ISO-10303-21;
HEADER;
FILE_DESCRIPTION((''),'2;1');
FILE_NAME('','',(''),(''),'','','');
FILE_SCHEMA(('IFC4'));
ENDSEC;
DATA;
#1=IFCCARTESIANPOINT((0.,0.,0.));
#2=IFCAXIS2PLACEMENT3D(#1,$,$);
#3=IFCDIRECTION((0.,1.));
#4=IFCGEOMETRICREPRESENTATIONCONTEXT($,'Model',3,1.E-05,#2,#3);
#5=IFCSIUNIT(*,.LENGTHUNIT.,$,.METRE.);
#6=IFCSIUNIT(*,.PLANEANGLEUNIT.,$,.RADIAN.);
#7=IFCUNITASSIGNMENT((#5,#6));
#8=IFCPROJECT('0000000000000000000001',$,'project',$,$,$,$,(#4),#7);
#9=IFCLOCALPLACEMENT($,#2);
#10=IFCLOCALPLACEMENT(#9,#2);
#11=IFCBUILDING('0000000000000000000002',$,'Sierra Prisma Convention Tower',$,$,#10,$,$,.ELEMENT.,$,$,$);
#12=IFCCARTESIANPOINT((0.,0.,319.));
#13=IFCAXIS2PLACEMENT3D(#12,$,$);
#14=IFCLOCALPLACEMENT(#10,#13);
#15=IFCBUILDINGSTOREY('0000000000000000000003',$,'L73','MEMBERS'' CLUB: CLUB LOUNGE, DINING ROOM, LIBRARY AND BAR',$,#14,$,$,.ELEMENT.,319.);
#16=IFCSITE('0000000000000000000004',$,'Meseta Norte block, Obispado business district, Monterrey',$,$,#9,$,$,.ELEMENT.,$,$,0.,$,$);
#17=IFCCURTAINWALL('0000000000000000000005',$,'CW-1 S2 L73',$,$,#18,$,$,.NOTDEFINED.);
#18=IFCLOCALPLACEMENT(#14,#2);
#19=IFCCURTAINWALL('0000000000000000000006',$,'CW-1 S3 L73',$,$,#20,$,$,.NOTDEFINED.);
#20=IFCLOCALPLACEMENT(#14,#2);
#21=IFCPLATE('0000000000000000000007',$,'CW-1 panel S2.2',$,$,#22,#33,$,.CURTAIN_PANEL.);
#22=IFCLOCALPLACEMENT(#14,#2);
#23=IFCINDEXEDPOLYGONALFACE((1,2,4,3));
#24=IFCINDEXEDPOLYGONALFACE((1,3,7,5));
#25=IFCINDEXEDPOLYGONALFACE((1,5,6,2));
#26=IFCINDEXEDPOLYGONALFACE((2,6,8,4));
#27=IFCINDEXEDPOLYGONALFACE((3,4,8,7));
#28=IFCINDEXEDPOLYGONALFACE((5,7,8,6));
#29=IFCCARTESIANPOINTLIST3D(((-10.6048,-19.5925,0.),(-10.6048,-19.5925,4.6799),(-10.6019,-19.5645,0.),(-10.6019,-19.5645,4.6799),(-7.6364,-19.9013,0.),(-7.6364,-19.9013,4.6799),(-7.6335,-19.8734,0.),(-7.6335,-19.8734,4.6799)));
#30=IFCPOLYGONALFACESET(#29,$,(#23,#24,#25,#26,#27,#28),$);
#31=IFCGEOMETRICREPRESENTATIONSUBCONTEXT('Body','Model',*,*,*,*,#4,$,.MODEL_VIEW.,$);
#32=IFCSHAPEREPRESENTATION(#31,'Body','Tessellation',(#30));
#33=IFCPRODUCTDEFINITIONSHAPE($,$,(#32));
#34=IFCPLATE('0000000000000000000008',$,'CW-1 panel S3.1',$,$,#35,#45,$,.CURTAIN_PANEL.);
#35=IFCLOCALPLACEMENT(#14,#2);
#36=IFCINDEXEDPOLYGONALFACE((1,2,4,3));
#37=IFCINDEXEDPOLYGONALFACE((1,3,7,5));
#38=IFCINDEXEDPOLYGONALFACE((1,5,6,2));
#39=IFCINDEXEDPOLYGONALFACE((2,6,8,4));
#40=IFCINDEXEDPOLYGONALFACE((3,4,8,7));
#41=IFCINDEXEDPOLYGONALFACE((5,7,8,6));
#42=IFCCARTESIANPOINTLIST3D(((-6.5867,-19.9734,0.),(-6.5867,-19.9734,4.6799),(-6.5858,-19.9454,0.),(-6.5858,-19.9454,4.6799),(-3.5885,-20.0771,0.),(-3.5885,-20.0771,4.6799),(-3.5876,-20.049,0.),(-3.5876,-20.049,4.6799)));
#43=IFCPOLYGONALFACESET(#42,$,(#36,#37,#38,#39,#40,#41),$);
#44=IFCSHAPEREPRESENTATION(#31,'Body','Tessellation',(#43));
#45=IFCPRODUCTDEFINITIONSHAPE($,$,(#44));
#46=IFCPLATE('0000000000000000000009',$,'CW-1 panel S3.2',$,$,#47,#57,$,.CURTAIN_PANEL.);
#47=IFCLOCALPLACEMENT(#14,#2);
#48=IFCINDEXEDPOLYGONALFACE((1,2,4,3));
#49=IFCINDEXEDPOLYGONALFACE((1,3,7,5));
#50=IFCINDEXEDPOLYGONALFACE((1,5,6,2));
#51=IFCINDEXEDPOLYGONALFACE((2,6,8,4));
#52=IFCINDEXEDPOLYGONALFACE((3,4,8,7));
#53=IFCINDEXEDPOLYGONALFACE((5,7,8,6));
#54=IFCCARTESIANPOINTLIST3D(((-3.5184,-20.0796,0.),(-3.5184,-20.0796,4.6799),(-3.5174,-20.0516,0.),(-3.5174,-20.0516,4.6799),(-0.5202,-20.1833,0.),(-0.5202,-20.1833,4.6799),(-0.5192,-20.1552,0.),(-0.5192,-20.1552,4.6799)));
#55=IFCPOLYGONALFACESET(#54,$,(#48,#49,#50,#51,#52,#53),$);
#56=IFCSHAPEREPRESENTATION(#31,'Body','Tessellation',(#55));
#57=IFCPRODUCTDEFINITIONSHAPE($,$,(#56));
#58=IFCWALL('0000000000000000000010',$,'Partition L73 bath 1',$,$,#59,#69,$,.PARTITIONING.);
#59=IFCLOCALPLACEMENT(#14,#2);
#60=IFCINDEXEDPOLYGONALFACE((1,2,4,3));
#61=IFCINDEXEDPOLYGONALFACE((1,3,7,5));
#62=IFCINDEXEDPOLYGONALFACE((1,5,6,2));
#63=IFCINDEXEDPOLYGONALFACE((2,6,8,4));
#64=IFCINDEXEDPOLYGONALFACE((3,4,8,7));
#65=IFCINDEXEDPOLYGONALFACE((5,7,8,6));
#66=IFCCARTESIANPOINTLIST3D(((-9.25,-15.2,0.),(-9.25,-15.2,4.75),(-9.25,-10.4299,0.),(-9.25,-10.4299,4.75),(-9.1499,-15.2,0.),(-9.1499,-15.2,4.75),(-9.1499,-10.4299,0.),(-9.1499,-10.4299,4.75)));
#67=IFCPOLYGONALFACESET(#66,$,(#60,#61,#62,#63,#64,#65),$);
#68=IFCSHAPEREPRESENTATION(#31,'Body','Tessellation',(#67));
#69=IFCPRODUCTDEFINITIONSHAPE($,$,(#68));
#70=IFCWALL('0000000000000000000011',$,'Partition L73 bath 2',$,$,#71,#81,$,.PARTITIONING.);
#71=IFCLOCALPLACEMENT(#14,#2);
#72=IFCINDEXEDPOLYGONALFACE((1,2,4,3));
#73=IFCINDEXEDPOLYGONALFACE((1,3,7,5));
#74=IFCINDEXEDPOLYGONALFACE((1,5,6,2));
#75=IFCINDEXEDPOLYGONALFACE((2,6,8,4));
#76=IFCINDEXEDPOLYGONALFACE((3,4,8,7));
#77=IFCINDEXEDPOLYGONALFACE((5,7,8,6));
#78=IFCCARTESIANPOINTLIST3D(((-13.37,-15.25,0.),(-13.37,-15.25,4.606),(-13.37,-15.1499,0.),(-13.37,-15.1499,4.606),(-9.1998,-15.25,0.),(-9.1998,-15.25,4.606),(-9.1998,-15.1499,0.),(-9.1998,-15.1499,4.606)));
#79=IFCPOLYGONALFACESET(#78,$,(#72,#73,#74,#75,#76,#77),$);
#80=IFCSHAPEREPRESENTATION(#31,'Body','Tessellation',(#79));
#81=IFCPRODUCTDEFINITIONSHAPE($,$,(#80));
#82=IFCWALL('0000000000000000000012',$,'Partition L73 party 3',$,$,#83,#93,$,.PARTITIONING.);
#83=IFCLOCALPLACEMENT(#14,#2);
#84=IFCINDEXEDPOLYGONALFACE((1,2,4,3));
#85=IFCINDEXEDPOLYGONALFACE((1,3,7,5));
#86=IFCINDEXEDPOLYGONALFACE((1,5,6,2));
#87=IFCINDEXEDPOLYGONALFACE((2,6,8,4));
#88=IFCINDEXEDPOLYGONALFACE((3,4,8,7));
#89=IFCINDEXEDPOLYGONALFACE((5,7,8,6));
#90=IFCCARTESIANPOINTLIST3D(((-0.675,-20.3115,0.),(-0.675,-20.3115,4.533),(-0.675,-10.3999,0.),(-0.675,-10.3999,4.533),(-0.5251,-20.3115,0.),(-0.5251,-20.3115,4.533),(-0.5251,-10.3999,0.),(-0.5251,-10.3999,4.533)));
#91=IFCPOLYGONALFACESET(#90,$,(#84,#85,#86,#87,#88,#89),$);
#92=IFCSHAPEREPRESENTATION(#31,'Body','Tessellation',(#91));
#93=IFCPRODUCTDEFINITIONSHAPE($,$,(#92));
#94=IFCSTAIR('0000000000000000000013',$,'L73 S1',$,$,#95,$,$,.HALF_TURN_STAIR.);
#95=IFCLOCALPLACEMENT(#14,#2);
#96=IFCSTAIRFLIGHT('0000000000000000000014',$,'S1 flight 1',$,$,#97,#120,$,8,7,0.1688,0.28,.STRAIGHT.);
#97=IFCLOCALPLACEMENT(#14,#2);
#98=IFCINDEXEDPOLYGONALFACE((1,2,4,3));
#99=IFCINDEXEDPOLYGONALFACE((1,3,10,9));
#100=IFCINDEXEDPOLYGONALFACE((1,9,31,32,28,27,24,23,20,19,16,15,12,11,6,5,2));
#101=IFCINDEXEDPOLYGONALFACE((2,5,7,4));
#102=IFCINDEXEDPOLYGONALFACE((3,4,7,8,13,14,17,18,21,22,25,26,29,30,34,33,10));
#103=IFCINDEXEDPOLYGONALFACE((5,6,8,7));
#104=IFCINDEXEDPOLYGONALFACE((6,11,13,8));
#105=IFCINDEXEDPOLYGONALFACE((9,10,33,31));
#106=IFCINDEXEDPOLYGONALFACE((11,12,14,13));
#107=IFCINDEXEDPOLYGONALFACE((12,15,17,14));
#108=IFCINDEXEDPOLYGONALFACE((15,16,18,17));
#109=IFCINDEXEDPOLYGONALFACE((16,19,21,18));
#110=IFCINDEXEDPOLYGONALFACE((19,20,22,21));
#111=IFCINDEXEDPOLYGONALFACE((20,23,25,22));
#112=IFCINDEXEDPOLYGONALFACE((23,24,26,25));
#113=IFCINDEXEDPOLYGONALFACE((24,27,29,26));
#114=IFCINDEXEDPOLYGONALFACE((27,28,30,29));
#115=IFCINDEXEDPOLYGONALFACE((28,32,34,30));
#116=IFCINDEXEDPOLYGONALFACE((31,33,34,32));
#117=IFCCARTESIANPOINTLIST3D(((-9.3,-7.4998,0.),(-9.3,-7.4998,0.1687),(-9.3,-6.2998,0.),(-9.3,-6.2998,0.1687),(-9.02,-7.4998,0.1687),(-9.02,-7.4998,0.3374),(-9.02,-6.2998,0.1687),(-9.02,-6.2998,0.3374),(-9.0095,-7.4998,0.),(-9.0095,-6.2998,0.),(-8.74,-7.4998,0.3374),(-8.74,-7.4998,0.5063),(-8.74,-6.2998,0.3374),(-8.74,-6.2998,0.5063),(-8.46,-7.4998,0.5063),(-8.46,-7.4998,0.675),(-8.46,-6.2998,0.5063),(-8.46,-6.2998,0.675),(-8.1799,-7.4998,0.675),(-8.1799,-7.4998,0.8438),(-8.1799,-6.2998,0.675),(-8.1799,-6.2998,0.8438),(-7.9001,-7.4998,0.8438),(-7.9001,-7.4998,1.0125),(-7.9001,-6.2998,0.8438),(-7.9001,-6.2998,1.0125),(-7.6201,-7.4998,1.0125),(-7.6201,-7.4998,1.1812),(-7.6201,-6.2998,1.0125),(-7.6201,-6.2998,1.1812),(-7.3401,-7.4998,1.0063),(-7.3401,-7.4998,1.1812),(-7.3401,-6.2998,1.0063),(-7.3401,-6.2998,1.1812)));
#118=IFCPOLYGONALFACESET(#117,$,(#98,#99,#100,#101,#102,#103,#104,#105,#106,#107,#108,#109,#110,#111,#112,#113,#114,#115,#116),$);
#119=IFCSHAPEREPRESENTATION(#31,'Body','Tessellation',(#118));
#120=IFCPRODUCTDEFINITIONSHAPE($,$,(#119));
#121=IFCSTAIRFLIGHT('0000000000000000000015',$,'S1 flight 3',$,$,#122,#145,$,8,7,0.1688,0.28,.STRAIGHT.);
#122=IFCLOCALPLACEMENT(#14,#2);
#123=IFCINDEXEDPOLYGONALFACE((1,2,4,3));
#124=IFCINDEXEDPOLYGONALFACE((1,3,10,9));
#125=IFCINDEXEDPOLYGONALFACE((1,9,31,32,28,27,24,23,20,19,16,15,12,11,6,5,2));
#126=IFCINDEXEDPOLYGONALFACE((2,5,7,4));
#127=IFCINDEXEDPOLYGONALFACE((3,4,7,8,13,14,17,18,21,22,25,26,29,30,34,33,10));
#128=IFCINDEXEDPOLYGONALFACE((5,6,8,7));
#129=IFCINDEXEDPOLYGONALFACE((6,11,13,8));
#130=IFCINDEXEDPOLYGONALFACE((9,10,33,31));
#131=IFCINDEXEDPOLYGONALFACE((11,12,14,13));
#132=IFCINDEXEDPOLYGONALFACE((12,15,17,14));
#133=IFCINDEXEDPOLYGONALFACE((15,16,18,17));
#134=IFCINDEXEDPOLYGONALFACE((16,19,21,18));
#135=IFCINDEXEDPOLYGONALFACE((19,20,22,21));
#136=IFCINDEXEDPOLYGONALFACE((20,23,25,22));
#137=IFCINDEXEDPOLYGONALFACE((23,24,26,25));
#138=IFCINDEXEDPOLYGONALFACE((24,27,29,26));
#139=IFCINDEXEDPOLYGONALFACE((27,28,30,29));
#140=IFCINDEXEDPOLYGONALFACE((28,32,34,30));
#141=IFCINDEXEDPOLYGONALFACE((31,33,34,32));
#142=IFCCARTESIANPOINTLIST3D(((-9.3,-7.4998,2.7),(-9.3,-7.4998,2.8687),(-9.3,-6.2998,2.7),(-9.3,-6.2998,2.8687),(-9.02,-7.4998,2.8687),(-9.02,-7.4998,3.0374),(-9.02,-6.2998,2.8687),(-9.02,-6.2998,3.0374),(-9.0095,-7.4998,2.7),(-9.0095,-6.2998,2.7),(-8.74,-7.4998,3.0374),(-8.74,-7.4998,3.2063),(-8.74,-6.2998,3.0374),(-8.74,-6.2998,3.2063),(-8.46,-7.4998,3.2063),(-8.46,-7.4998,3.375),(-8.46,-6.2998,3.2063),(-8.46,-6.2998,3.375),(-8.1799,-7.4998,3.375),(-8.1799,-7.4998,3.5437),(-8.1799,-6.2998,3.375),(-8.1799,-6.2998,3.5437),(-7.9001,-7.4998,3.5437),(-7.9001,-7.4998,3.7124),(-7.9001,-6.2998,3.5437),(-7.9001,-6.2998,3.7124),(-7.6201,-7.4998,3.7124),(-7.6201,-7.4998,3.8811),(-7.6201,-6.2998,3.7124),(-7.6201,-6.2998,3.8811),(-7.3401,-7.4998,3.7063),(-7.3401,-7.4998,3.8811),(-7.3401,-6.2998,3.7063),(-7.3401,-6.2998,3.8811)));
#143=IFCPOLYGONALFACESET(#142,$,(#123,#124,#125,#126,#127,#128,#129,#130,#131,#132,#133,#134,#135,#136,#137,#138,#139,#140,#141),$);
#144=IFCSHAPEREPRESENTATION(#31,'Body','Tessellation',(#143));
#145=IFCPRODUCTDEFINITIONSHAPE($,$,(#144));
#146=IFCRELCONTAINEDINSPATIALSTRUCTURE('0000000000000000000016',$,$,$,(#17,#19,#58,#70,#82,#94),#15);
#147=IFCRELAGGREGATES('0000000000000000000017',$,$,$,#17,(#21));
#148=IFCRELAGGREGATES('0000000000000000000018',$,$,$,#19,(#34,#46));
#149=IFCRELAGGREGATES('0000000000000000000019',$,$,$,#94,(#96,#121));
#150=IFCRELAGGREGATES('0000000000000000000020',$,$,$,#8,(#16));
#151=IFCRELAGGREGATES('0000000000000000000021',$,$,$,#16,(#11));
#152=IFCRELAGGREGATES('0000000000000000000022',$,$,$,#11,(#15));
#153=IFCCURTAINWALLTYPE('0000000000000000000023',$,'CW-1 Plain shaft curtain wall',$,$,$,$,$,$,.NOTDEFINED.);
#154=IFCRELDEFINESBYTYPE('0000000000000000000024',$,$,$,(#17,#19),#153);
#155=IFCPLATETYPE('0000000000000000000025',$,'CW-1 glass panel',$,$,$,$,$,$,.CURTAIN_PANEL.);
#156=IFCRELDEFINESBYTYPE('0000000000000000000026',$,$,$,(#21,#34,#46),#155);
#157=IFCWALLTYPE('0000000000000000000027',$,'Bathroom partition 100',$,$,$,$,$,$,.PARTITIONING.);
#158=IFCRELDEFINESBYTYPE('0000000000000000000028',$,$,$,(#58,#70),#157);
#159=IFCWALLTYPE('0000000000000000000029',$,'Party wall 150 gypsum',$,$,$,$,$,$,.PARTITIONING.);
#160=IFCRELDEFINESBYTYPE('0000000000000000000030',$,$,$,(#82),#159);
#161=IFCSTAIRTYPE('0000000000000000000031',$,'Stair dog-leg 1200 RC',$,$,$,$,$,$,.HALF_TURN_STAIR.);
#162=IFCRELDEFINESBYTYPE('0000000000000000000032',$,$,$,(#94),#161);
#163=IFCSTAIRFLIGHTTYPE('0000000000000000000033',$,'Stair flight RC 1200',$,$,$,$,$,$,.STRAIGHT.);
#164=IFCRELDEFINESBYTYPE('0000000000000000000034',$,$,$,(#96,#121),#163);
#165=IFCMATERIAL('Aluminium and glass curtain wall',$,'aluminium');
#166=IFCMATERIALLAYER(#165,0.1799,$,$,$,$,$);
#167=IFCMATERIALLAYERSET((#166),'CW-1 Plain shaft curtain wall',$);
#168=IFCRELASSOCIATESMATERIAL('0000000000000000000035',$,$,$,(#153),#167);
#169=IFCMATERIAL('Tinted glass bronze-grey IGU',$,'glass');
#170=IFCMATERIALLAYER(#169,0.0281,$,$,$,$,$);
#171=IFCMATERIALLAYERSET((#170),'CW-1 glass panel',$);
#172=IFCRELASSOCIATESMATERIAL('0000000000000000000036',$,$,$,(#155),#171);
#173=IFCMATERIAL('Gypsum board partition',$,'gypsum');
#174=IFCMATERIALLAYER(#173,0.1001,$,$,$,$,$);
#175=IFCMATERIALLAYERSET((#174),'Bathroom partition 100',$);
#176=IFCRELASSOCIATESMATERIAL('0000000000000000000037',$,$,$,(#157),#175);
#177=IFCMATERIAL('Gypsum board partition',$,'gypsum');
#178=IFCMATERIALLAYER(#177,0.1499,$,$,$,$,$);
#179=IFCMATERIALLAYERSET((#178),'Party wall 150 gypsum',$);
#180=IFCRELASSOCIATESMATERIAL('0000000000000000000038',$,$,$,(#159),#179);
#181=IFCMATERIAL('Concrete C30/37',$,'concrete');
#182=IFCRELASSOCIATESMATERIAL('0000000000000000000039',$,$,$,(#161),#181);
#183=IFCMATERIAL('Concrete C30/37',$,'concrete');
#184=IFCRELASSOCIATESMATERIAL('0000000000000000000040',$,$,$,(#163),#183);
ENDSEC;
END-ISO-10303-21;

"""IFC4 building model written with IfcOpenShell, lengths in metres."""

from ifc_helpers import new_model, si_unit, direction, frame, frame_2d, origin, origin_2d, place, context, subcontext, project, spatial, polyline, rectangle, outline, extrude, material, layer, layer_set, type_object, element, aggregate, save


model = new_model("IFC4")

# Units and contexts
model_context = context("Model", 3, precision=1e-05, world=origin(), true_north=direction((0.0, 1.0)))
body_context = subcontext(model_context, "Body", "Model", "MODEL_VIEW")
ifc_project = project(units=[si_unit("LENGTHUNIT", "METRE"), si_unit("PLANEANGLEUNIT", "RADIAN")], contexts=[model_context])

# Site, building, storey
site_placement = place(None, origin())
site = spatial("IfcSite", under=ifc_project, at=site_placement, Name="Meseta Norte block, Obispado business district, Monterrey", CompositionType="ELEMENT", RefElevation=0.0)
building_placement = place(site_placement, origin())
building = spatial("IfcBuilding", under=site, at=building_placement, Name="Sierra Prisma Convention Tower", CompositionType="ELEMENT")
storey_placement = place(building_placement, frame((0.0, 0.0, 319.0)))
storey = spatial("IfcBuildingStorey", under=building, at=storey_placement, Name="L73", Description="MEMBERS' CLUB: CLUB LOUNGE, DINING ROOM, LIBRARY AND BAR", CompositionType="ELEMENT", Elevation=319.0)

# Curtain wall
ifc_material_1 = material(Name="Aluminium and glass curtain wall", Category="aluminium")
ifc_layer_1 = layer(ifc_material_1, 0.1799)
ifc_layer_set_1 = layer_set([ifc_layer_1], Name="CW-1 Plain shaft curtain wall")
curtain_wall_type = type_object("IfcCurtainWallType", Name="CW-1 Plain shaft curtain wall", PredefinedType="NOTDEFINED", material=ifc_layer_set_1)
curtain_wall_1_placement = place(storey_placement, origin())
curtain_wall_1 = element("IfcCurtainWall", 1, at=curtain_wall_1_placement, inside=storey, type_object=curtain_wall_type, Name="CW-1 S2 L73", PredefinedType="NOTDEFINED")

# Curtain wall
curtain_wall_2_placement = place(storey_placement, origin())
curtain_wall_2 = element("IfcCurtainWall", 2, at=curtain_wall_2_placement, inside=storey, type_object=curtain_wall_type, Name="CW-1 S3 L73", PredefinedType="NOTDEFINED")

# Plates
ifc_material_2 = material(Name="Tinted glass bronze-grey IGU", Category="glass")
ifc_layer_2 = layer(ifc_material_2, 0.0281)
ifc_layer_set_2 = layer_set([ifc_layer_2], Name="CW-1 glass panel")
plate_type = type_object("IfcPlateType", Name="CW-1 glass panel", PredefinedType="CURTAIN_PANEL", material=ifc_layer_set_2)
plate_1_placement = place(storey_placement, frame((-9.1191, -19.7329, 0.0), z_axis=(0.0, 0.0, 1.0), x_axis=(0.994631, -0.103487, 0.0)))
plate_1 = element("IfcPlate", 3, at=plate_1_placement, type_object=plate_type, Name="CW-1 panel S2.2", PredefinedType="CURTAIN_PANEL", context=body_context, shape_type="SweptSolid", body=[
    extrude(rectangle(XDim=2.9844, YDim=0.0281, at=origin_2d()), origin(), (0.0, 0.0, 1.0), 4.6799),
])
aggregate(curtain_wall_1, [plate_1])
plate_2_placement = place(storey_placement, frame((-5.0872, -20.0112, 0.0), z_axis=(0.0, 0.0, 1.0), x_axis=(0.999403, -0.034551, 0.0)))
plate_2 = element("IfcPlate", 4, at=plate_2_placement, type_object=plate_type, Name="CW-1 panel S3.1", PredefinedType="CURTAIN_PANEL", context=body_context, shape_type="SweptSolid", body=[
    extrude(rectangle(XDim=3.0, YDim=0.0281, at=origin_2d()), origin(), (0.0, 0.0, 1.0), 4.6799),
])
plate_3_placement = place(storey_placement, frame((-2.0188, -20.1174, 0.0), z_axis=(0.0, 0.0, 1.0), x_axis=(0.999403, -0.034551, 0.0)))
plate_3 = element("IfcPlate", 5, at=plate_3_placement, type_object=plate_type, Name="CW-1 panel S3.2", PredefinedType="CURTAIN_PANEL", context=body_context, shape_type="SweptSolid", body=[
    extrude(rectangle(XDim=3.0, YDim=0.0281, at=origin_2d()), origin(), (0.0, 0.0, 1.0), 4.6799),
])
aggregate(curtain_wall_2, [plate_2, plate_3])

# Walls
ifc_material_3 = material(Name="Gypsum board partition", Category="gypsum")
ifc_layer_3 = layer(ifc_material_3, 0.1001)
ifc_layer_set_3 = layer_set([ifc_layer_3], Name="Bathroom partition 100")
wall_type_1 = type_object("IfcWallType", Name="Bathroom partition 100", PredefinedType="PARTITIONING", material=ifc_layer_set_3)
wall_1_placement = place(storey_placement, frame((-9.2, -10.4299, 0.0), z_axis=(0.0, 0.0, 1.0), x_axis=(0.0, -1.0, 0.0)))
element("IfcWall", 6, at=wall_1_placement, inside=storey, type_object=wall_type_1, Name="Partition L73 bath 1", PredefinedType="PARTITIONING", context=body_context, shape_type="SweptSolid", body=[
    extrude(rectangle(XDim=4.77, YDim=0.1001, at=frame_2d((2.385, 0.0))), origin(), (0.0, 0.0, 1.0), 4.75),
])
wall_2_placement = place(storey_placement, frame((-9.2, -15.2, 0.0), z_axis=(0.0, 0.0, 1.0), x_axis=(-1.0, 0.0, 0.0)))
element("IfcWall", 7, at=wall_2_placement, inside=storey, type_object=wall_type_1, Name="Partition L73 bath 2", PredefinedType="PARTITIONING", context=body_context, shape_type="SweptSolid", body=[
    extrude(rectangle(XDim=4.1702, YDim=0.1001, at=frame_2d((2.085, 0.0))), origin(), (0.0, 0.0, 1.0), 4.606),
])

# Wall
ifc_material_4 = material(Name="Gypsum board partition", Category="gypsum")
ifc_layer_4 = layer(ifc_material_4, 0.1499)
ifc_layer_set_4 = layer_set([ifc_layer_4], Name="Party wall 150 gypsum")
wall_type_2 = type_object("IfcWallType", Name="Party wall 150 gypsum", PredefinedType="PARTITIONING", material=ifc_layer_set_4)
wall_3_placement = place(storey_placement, frame((-0.6001, -10.3999, 0.0), z_axis=(0.0, 0.0, 1.0), x_axis=(0.0, -1.0, 0.0)))
element("IfcWall", 8, at=wall_3_placement, inside=storey, type_object=wall_type_2, Name="Partition L73 party 3", PredefinedType="PARTITIONING", context=body_context, shape_type="SweptSolid", body=[
    extrude(rectangle(XDim=9.9116, YDim=0.1499, at=frame_2d((4.9558, 0.0))), origin(), (0.0, 0.0, 1.0), 4.533),
])

# Stair, stair flights
ifc_material_5 = material(Name="Concrete C30/37", Category="concrete")
stair_type = type_object("IfcStairType", Name="Stair dog-leg 1200 RC", PredefinedType="HALF_TURN_STAIR", material=ifc_material_5)
stair_placement = place(storey_placement, origin())
stair = element("IfcStair", 9, at=stair_placement, inside=storey, type_object=stair_type, Name="L73 S1", PredefinedType="HALF_TURN_STAIR")
ifc_material_6 = material(Name="Concrete C30/37", Category="concrete")
stair_flight_type = type_object("IfcStairFlightType", Name="Stair flight RC 1200", PredefinedType="STRAIGHT", material=ifc_material_6)
stair_flight_1_placement = place(storey_placement, frame((-9.3, -6.8999, 0.0), z_axis=(0.0, 0.0, 1.0), x_axis=(1.0, 0.0, 0.0)))
stair_flight_1 = element("IfcStairFlight", 10, at=stair_flight_1_placement, type_object=stair_flight_type, Name="S1 flight 1", NumberOfRisers=8, NumberOfTreads=7, PredefinedType="STRAIGHT", RiserHeight=0.1688, TreadLength=0.28, context=body_context, shape_type="SweptSolid", body=[
    extrude(outline(polyline([(0.0, 0.0), (0.0, 0.1687), (0.28, 0.1687), (0.28, 0.3374), (0.5601, 0.3374), (0.5601, 0.5063), (0.8401, 0.5063), (0.8401, 0.675), (1.1201, 0.675), (1.1201, 0.8438), (1.3999, 0.8438), (1.3999, 1.0125), (1.6799, 1.0125), (1.6799, 1.1812), (1.96, 1.1812), (1.96, 1.3501), (1.96, 1.0063), (0.2905, 0.0), (0.0, 0.0)])), frame((0.0, 0.6001, 0.0), z_axis=(0.0, -1.0, 0.0), x_axis=(1.0, 0.0, 0.0)), (0.0, 0.0, 1.0), 1.2),
])
stair_flight_2_placement = place(storey_placement, frame((-9.3, -6.8999, 2.7), z_axis=(0.0, 0.0, 1.0), x_axis=(1.0, 0.0, 0.0)))
stair_flight_2 = element("IfcStairFlight", 11, at=stair_flight_2_placement, type_object=stair_flight_type, Name="S1 flight 3", NumberOfRisers=8, NumberOfTreads=7, PredefinedType="STRAIGHT", RiserHeight=0.1688, TreadLength=0.28, context=body_context, shape_type="SweptSolid", body=[
    extrude(outline(polyline([(0.0, 0.0), (0.0, 0.1687), (0.28, 0.1687), (0.28, 0.3374), (0.5601, 0.3374), (0.5601, 0.5063), (0.8401, 0.5063), (0.8401, 0.675), (1.1201, 0.675), (1.1201, 0.8438), (1.3999, 0.8438), (1.3999, 1.0125), (1.6799, 1.0125), (1.6799, 1.1812), (1.96, 1.1812), (1.96, 1.3501), (1.96, 1.0063), (0.2905, 0.0), (0.0, 0.0)])), frame((0.0, 0.6001, 0.0), z_axis=(0.0, -1.0, 0.0), x_axis=(1.0, 0.0, 0.0)), (0.0, 0.0, 1.0), 1.2),
])
aggregate(stair, [stair_flight_1, stair_flight_2])

save(model, "model.ifc")
